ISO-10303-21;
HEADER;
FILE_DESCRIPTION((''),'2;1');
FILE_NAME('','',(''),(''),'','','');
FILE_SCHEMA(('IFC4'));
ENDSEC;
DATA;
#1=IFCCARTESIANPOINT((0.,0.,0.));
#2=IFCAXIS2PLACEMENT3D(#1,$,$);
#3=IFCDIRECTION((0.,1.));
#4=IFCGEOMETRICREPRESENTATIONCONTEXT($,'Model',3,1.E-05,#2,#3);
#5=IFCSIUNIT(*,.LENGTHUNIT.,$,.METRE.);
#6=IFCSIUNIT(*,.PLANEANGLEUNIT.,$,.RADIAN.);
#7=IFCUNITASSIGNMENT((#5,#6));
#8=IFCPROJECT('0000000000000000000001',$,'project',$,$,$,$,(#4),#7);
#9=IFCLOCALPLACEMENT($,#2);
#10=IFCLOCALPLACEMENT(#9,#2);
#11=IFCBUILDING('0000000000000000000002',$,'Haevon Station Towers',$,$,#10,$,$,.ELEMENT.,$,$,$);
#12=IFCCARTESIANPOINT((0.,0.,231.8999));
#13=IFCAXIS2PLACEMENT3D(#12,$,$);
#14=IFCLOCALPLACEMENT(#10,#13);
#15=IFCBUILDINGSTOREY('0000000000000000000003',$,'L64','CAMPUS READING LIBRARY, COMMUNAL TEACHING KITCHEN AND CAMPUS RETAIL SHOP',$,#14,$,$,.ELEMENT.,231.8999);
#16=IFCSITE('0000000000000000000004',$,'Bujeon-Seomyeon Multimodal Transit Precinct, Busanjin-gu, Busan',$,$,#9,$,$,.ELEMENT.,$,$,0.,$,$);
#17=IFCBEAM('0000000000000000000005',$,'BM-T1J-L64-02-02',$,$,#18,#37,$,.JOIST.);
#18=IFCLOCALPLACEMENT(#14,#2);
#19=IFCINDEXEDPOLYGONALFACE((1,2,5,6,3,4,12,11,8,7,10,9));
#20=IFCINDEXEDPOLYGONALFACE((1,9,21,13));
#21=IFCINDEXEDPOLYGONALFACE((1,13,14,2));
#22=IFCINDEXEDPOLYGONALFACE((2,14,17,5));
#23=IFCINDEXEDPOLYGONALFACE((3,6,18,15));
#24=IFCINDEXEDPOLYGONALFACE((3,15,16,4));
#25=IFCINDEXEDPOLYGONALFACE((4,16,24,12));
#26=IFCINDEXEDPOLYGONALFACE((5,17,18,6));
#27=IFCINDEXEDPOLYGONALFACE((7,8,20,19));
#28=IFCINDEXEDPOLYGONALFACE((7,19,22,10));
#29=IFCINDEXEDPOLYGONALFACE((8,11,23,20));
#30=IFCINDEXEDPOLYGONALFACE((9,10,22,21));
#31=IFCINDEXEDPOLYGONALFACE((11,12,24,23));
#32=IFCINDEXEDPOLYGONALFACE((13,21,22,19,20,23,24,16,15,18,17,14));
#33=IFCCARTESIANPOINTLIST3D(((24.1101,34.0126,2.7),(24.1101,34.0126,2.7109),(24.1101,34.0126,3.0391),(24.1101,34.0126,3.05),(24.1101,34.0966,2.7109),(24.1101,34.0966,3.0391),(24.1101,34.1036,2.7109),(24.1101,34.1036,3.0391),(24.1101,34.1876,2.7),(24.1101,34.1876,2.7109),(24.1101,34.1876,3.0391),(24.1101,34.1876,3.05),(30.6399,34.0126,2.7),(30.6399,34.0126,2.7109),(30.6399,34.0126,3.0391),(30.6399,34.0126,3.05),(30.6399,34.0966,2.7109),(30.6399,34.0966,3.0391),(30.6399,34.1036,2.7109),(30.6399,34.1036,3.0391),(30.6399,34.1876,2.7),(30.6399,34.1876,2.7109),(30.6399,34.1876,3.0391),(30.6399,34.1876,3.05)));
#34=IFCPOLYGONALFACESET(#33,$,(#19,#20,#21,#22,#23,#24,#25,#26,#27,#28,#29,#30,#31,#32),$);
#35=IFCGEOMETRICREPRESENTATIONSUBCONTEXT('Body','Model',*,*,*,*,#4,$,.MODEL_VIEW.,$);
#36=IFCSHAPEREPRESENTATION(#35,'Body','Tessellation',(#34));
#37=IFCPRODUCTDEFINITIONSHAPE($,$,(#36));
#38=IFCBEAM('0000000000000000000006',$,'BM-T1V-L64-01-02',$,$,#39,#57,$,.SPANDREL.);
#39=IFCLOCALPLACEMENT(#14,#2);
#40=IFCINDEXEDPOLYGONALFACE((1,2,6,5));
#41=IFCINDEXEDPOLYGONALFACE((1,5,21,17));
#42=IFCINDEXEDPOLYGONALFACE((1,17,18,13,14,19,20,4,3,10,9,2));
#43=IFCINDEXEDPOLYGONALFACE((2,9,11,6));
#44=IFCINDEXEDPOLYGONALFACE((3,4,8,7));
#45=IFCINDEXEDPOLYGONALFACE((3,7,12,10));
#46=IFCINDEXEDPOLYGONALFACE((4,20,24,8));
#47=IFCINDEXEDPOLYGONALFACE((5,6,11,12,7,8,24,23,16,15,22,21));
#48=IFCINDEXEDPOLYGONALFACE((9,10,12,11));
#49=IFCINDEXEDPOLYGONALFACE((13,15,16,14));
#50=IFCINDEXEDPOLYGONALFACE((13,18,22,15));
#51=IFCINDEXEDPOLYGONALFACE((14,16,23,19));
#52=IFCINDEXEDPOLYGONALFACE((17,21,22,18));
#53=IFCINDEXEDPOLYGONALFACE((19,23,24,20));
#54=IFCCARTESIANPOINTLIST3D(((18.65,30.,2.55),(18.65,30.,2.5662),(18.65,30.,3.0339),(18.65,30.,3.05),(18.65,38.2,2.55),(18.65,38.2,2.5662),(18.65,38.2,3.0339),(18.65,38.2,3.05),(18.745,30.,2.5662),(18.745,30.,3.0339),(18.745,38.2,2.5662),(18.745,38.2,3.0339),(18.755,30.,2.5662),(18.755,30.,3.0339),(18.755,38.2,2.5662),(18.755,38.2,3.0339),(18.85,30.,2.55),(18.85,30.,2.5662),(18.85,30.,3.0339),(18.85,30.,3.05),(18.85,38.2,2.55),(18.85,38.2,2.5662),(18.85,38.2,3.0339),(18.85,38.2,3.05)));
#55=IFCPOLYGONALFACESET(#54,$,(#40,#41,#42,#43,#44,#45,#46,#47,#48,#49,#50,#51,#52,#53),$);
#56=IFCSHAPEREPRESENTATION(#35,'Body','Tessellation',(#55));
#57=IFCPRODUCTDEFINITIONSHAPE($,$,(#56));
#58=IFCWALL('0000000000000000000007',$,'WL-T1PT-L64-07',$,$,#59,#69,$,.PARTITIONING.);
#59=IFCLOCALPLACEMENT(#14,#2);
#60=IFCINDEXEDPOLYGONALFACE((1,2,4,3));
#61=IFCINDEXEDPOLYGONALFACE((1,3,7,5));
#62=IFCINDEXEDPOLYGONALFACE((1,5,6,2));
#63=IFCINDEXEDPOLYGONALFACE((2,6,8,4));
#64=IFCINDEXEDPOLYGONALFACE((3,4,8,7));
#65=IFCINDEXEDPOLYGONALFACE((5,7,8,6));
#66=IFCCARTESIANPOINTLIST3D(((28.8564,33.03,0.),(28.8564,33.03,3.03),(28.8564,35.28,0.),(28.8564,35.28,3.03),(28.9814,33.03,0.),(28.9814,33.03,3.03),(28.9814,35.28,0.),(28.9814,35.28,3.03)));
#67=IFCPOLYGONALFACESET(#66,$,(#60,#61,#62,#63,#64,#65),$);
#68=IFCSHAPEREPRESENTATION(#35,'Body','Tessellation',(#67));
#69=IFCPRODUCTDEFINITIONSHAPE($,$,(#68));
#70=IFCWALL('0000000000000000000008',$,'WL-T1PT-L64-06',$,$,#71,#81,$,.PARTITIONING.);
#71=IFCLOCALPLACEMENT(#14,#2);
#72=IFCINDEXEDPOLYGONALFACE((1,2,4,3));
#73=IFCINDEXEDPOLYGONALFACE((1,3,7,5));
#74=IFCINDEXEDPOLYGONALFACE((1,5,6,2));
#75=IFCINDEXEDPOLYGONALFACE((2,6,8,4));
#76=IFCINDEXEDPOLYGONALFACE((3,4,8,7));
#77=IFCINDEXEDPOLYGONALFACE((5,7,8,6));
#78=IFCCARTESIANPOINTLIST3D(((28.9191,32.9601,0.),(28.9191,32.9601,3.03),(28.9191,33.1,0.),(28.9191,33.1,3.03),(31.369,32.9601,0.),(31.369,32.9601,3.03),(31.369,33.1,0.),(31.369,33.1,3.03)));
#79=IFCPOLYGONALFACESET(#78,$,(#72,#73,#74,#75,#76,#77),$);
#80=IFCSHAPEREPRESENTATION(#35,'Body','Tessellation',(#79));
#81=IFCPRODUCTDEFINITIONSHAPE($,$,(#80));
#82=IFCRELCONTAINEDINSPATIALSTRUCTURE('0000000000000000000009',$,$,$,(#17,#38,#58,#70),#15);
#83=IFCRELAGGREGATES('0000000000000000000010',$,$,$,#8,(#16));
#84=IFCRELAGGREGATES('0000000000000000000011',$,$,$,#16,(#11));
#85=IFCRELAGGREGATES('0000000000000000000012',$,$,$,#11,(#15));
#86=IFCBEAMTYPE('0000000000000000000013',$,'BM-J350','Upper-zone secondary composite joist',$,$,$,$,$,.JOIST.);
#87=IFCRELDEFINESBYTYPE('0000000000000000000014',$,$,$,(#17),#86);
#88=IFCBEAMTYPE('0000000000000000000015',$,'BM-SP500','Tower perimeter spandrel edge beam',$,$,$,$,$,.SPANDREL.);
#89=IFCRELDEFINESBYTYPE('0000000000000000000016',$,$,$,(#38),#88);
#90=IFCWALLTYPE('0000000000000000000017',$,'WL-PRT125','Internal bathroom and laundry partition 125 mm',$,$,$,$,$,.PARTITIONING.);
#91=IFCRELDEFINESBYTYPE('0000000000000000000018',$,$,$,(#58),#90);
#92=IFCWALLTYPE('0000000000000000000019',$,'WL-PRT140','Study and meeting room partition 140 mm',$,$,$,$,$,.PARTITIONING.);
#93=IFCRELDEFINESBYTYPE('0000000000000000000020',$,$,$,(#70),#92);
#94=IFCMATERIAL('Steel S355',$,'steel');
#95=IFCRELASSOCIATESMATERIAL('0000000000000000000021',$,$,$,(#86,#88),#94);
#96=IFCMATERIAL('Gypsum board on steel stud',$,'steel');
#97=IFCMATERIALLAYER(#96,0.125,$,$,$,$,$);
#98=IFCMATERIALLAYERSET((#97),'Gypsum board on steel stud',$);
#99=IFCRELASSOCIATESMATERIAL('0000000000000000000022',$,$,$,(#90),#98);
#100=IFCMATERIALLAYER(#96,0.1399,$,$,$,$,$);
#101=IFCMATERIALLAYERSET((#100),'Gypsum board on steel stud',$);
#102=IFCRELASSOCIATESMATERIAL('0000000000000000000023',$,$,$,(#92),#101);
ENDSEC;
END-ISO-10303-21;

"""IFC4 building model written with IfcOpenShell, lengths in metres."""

from ifc_helpers import new_model, si_unit, direction, frame, frame_2d, origin, origin_2d, place, context, subcontext, project, spatial, rectangle, i_section, extrude, material, layer, layer_set, material_profile, profile_set, type_object, element, save


model = new_model("IFC4")

# Units and contexts
model_context = context("Model", 3, precision=1e-05, world=origin(), true_north=direction((0.0, 1.0)))
body_context = subcontext(model_context, "Body", "Model", "MODEL_VIEW")
ifc_project = project(units=[si_unit("LENGTHUNIT", "METRE"), si_unit("PLANEANGLEUNIT", "RADIAN")], contexts=[model_context])

# Site, building, storey
site_placement = place(None, origin())
site = spatial("IfcSite", under=ifc_project, at=site_placement, Name="Bujeon-Seomyeon Multimodal Transit Precinct, Busanjin-gu, Busan", CompositionType="ELEMENT", RefElevation=0.0)
building_placement = place(site_placement, origin())
building = spatial("IfcBuilding", under=site, at=building_placement, Name="Haevon Station Towers", CompositionType="ELEMENT")
storey_placement = place(building_placement, frame((0.0, 0.0, 231.8999)))
storey = spatial("IfcBuildingStorey", under=building, at=storey_placement, Name="L64", Description="CAMPUS READING LIBRARY, COMMUNAL TEACHING KITCHEN AND CAMPUS RETAIL SHOP", CompositionType="ELEMENT", Elevation=231.8999)

# Shared definitions
ifc_material_1 = material(Name="Steel S355", Category="steel")

# Beams
ifc_material_profile_1 = material_profile(ifc_material_1, i_section(OverallWidth=0.175, OverallDepth=0.3501, WebThickness=0.0071, FlangeThickness=0.011, at=origin_2d()), Name="H-350x175x7x11")
ifc_profile_set_1 = profile_set([ifc_material_profile_1], Name="Steel S355")
beam_type_1 = type_object("IfcBeamType", Name="BM-J350", Description="Upper-zone secondary composite joist", PredefinedType="JOIST", material=ifc_profile_set_1)
beam_1_placement = place(storey_placement, frame((24.1101, 34.1001, 2.875), z_axis=(1.0, 0.0, 0.0), x_axis=(0.0, 1.0, 0.0)))
element("IfcBeam", 1, at=beam_1_placement, inside=storey, type_object=beam_type_1, Name="BM-T1J-L64-02-02", PredefinedType="JOIST", context=body_context, shape_type="SweptSolid", body=[
    extrude(i_section(OverallWidth=0.175, OverallDepth=0.3501, WebThickness=0.0071, FlangeThickness=0.011, at=origin_2d()), origin(), (0.0, 0.0, 1.0), 6.5298),
])
ifc_material_profile_2 = material_profile(ifc_material_1, i_section(OverallWidth=0.2, OverallDepth=0.5, WebThickness=0.01, FlangeThickness=0.0161, at=origin_2d()), Name="H-500x200x10x16")
ifc_profile_set_2 = profile_set([ifc_material_profile_2], Name="Steel S355")
beam_type_2 = type_object("IfcBeamType", Name="BM-SP500", Description="Tower perimeter spandrel edge beam", PredefinedType="SPANDREL", material=ifc_profile_set_2)
beam_2_placement = place(storey_placement, frame((18.75, 30.0, 2.8), z_axis=(0.0, 1.0, 0.0), x_axis=(-1.0, 0.0, 0.0)))
element("IfcBeam", 2, at=beam_2_placement, inside=storey, type_object=beam_type_2, Name="BM-T1V-L64-01-02", PredefinedType="SPANDREL", context=body_context, shape_type="SweptSolid", body=[
    extrude(i_section(OverallWidth=0.2, OverallDepth=0.5, WebThickness=0.01, FlangeThickness=0.0161, at=origin_2d()), origin(), (0.0, 0.0, 1.0), 8.2),
])

# Walls
ifc_material_2 = material(Name="Gypsum board on steel stud", Category="steel")
ifc_layer_1 = layer(ifc_material_2, 0.125)
ifc_layer_set_1 = layer_set([ifc_layer_1], Name="Gypsum board on steel stud")
wall_type_1 = type_object("IfcWallType", Name="WL-PRT125", Description="Internal bathroom and laundry partition 125 mm", PredefinedType="PARTITIONING", material=ifc_layer_set_1)
wall_1_placement = place(storey_placement, frame((28.9189, 33.03, 0.0), z_axis=(0.0, 0.0, 1.0), x_axis=(0.0, 1.0, 0.0)))
element("IfcWall", 3, at=wall_1_placement, inside=storey, type_object=wall_type_1, Name="WL-T1PT-L64-07", PredefinedType="PARTITIONING", context=body_context, shape_type="SweptSolid", body=[
    extrude(rectangle(XDim=2.25, YDim=0.125, at=frame_2d((1.125, 0.0))), origin(), (0.0, 0.0, 1.0), 3.03),
])
ifc_layer_2 = layer(ifc_material_2, 0.1399)
ifc_layer_set_2 = layer_set([ifc_layer_2], Name="Gypsum board on steel stud")
wall_type_2 = type_object("IfcWallType", Name="WL-PRT140", Description="Study and meeting room partition 140 mm", PredefinedType="PARTITIONING", material=ifc_layer_set_2)
wall_2_placement = place(storey_placement, frame((28.9189, 33.03, 0.0), z_axis=(0.0, 0.0, 1.0), x_axis=(1.0, 0.0, 0.0)))
element("IfcWall", 4, at=wall_2_placement, inside=storey, type_object=wall_type_2, Name="WL-T1PT-L64-06", PredefinedType="PARTITIONING", context=body_context, shape_type="SweptSolid", body=[
    extrude(rectangle(XDim=2.45, YDim=0.1399, at=frame_2d((1.2251, 0.0))), origin(), (0.0, 0.0, 1.0), 3.03),
])

save(model, "model.ifc")
